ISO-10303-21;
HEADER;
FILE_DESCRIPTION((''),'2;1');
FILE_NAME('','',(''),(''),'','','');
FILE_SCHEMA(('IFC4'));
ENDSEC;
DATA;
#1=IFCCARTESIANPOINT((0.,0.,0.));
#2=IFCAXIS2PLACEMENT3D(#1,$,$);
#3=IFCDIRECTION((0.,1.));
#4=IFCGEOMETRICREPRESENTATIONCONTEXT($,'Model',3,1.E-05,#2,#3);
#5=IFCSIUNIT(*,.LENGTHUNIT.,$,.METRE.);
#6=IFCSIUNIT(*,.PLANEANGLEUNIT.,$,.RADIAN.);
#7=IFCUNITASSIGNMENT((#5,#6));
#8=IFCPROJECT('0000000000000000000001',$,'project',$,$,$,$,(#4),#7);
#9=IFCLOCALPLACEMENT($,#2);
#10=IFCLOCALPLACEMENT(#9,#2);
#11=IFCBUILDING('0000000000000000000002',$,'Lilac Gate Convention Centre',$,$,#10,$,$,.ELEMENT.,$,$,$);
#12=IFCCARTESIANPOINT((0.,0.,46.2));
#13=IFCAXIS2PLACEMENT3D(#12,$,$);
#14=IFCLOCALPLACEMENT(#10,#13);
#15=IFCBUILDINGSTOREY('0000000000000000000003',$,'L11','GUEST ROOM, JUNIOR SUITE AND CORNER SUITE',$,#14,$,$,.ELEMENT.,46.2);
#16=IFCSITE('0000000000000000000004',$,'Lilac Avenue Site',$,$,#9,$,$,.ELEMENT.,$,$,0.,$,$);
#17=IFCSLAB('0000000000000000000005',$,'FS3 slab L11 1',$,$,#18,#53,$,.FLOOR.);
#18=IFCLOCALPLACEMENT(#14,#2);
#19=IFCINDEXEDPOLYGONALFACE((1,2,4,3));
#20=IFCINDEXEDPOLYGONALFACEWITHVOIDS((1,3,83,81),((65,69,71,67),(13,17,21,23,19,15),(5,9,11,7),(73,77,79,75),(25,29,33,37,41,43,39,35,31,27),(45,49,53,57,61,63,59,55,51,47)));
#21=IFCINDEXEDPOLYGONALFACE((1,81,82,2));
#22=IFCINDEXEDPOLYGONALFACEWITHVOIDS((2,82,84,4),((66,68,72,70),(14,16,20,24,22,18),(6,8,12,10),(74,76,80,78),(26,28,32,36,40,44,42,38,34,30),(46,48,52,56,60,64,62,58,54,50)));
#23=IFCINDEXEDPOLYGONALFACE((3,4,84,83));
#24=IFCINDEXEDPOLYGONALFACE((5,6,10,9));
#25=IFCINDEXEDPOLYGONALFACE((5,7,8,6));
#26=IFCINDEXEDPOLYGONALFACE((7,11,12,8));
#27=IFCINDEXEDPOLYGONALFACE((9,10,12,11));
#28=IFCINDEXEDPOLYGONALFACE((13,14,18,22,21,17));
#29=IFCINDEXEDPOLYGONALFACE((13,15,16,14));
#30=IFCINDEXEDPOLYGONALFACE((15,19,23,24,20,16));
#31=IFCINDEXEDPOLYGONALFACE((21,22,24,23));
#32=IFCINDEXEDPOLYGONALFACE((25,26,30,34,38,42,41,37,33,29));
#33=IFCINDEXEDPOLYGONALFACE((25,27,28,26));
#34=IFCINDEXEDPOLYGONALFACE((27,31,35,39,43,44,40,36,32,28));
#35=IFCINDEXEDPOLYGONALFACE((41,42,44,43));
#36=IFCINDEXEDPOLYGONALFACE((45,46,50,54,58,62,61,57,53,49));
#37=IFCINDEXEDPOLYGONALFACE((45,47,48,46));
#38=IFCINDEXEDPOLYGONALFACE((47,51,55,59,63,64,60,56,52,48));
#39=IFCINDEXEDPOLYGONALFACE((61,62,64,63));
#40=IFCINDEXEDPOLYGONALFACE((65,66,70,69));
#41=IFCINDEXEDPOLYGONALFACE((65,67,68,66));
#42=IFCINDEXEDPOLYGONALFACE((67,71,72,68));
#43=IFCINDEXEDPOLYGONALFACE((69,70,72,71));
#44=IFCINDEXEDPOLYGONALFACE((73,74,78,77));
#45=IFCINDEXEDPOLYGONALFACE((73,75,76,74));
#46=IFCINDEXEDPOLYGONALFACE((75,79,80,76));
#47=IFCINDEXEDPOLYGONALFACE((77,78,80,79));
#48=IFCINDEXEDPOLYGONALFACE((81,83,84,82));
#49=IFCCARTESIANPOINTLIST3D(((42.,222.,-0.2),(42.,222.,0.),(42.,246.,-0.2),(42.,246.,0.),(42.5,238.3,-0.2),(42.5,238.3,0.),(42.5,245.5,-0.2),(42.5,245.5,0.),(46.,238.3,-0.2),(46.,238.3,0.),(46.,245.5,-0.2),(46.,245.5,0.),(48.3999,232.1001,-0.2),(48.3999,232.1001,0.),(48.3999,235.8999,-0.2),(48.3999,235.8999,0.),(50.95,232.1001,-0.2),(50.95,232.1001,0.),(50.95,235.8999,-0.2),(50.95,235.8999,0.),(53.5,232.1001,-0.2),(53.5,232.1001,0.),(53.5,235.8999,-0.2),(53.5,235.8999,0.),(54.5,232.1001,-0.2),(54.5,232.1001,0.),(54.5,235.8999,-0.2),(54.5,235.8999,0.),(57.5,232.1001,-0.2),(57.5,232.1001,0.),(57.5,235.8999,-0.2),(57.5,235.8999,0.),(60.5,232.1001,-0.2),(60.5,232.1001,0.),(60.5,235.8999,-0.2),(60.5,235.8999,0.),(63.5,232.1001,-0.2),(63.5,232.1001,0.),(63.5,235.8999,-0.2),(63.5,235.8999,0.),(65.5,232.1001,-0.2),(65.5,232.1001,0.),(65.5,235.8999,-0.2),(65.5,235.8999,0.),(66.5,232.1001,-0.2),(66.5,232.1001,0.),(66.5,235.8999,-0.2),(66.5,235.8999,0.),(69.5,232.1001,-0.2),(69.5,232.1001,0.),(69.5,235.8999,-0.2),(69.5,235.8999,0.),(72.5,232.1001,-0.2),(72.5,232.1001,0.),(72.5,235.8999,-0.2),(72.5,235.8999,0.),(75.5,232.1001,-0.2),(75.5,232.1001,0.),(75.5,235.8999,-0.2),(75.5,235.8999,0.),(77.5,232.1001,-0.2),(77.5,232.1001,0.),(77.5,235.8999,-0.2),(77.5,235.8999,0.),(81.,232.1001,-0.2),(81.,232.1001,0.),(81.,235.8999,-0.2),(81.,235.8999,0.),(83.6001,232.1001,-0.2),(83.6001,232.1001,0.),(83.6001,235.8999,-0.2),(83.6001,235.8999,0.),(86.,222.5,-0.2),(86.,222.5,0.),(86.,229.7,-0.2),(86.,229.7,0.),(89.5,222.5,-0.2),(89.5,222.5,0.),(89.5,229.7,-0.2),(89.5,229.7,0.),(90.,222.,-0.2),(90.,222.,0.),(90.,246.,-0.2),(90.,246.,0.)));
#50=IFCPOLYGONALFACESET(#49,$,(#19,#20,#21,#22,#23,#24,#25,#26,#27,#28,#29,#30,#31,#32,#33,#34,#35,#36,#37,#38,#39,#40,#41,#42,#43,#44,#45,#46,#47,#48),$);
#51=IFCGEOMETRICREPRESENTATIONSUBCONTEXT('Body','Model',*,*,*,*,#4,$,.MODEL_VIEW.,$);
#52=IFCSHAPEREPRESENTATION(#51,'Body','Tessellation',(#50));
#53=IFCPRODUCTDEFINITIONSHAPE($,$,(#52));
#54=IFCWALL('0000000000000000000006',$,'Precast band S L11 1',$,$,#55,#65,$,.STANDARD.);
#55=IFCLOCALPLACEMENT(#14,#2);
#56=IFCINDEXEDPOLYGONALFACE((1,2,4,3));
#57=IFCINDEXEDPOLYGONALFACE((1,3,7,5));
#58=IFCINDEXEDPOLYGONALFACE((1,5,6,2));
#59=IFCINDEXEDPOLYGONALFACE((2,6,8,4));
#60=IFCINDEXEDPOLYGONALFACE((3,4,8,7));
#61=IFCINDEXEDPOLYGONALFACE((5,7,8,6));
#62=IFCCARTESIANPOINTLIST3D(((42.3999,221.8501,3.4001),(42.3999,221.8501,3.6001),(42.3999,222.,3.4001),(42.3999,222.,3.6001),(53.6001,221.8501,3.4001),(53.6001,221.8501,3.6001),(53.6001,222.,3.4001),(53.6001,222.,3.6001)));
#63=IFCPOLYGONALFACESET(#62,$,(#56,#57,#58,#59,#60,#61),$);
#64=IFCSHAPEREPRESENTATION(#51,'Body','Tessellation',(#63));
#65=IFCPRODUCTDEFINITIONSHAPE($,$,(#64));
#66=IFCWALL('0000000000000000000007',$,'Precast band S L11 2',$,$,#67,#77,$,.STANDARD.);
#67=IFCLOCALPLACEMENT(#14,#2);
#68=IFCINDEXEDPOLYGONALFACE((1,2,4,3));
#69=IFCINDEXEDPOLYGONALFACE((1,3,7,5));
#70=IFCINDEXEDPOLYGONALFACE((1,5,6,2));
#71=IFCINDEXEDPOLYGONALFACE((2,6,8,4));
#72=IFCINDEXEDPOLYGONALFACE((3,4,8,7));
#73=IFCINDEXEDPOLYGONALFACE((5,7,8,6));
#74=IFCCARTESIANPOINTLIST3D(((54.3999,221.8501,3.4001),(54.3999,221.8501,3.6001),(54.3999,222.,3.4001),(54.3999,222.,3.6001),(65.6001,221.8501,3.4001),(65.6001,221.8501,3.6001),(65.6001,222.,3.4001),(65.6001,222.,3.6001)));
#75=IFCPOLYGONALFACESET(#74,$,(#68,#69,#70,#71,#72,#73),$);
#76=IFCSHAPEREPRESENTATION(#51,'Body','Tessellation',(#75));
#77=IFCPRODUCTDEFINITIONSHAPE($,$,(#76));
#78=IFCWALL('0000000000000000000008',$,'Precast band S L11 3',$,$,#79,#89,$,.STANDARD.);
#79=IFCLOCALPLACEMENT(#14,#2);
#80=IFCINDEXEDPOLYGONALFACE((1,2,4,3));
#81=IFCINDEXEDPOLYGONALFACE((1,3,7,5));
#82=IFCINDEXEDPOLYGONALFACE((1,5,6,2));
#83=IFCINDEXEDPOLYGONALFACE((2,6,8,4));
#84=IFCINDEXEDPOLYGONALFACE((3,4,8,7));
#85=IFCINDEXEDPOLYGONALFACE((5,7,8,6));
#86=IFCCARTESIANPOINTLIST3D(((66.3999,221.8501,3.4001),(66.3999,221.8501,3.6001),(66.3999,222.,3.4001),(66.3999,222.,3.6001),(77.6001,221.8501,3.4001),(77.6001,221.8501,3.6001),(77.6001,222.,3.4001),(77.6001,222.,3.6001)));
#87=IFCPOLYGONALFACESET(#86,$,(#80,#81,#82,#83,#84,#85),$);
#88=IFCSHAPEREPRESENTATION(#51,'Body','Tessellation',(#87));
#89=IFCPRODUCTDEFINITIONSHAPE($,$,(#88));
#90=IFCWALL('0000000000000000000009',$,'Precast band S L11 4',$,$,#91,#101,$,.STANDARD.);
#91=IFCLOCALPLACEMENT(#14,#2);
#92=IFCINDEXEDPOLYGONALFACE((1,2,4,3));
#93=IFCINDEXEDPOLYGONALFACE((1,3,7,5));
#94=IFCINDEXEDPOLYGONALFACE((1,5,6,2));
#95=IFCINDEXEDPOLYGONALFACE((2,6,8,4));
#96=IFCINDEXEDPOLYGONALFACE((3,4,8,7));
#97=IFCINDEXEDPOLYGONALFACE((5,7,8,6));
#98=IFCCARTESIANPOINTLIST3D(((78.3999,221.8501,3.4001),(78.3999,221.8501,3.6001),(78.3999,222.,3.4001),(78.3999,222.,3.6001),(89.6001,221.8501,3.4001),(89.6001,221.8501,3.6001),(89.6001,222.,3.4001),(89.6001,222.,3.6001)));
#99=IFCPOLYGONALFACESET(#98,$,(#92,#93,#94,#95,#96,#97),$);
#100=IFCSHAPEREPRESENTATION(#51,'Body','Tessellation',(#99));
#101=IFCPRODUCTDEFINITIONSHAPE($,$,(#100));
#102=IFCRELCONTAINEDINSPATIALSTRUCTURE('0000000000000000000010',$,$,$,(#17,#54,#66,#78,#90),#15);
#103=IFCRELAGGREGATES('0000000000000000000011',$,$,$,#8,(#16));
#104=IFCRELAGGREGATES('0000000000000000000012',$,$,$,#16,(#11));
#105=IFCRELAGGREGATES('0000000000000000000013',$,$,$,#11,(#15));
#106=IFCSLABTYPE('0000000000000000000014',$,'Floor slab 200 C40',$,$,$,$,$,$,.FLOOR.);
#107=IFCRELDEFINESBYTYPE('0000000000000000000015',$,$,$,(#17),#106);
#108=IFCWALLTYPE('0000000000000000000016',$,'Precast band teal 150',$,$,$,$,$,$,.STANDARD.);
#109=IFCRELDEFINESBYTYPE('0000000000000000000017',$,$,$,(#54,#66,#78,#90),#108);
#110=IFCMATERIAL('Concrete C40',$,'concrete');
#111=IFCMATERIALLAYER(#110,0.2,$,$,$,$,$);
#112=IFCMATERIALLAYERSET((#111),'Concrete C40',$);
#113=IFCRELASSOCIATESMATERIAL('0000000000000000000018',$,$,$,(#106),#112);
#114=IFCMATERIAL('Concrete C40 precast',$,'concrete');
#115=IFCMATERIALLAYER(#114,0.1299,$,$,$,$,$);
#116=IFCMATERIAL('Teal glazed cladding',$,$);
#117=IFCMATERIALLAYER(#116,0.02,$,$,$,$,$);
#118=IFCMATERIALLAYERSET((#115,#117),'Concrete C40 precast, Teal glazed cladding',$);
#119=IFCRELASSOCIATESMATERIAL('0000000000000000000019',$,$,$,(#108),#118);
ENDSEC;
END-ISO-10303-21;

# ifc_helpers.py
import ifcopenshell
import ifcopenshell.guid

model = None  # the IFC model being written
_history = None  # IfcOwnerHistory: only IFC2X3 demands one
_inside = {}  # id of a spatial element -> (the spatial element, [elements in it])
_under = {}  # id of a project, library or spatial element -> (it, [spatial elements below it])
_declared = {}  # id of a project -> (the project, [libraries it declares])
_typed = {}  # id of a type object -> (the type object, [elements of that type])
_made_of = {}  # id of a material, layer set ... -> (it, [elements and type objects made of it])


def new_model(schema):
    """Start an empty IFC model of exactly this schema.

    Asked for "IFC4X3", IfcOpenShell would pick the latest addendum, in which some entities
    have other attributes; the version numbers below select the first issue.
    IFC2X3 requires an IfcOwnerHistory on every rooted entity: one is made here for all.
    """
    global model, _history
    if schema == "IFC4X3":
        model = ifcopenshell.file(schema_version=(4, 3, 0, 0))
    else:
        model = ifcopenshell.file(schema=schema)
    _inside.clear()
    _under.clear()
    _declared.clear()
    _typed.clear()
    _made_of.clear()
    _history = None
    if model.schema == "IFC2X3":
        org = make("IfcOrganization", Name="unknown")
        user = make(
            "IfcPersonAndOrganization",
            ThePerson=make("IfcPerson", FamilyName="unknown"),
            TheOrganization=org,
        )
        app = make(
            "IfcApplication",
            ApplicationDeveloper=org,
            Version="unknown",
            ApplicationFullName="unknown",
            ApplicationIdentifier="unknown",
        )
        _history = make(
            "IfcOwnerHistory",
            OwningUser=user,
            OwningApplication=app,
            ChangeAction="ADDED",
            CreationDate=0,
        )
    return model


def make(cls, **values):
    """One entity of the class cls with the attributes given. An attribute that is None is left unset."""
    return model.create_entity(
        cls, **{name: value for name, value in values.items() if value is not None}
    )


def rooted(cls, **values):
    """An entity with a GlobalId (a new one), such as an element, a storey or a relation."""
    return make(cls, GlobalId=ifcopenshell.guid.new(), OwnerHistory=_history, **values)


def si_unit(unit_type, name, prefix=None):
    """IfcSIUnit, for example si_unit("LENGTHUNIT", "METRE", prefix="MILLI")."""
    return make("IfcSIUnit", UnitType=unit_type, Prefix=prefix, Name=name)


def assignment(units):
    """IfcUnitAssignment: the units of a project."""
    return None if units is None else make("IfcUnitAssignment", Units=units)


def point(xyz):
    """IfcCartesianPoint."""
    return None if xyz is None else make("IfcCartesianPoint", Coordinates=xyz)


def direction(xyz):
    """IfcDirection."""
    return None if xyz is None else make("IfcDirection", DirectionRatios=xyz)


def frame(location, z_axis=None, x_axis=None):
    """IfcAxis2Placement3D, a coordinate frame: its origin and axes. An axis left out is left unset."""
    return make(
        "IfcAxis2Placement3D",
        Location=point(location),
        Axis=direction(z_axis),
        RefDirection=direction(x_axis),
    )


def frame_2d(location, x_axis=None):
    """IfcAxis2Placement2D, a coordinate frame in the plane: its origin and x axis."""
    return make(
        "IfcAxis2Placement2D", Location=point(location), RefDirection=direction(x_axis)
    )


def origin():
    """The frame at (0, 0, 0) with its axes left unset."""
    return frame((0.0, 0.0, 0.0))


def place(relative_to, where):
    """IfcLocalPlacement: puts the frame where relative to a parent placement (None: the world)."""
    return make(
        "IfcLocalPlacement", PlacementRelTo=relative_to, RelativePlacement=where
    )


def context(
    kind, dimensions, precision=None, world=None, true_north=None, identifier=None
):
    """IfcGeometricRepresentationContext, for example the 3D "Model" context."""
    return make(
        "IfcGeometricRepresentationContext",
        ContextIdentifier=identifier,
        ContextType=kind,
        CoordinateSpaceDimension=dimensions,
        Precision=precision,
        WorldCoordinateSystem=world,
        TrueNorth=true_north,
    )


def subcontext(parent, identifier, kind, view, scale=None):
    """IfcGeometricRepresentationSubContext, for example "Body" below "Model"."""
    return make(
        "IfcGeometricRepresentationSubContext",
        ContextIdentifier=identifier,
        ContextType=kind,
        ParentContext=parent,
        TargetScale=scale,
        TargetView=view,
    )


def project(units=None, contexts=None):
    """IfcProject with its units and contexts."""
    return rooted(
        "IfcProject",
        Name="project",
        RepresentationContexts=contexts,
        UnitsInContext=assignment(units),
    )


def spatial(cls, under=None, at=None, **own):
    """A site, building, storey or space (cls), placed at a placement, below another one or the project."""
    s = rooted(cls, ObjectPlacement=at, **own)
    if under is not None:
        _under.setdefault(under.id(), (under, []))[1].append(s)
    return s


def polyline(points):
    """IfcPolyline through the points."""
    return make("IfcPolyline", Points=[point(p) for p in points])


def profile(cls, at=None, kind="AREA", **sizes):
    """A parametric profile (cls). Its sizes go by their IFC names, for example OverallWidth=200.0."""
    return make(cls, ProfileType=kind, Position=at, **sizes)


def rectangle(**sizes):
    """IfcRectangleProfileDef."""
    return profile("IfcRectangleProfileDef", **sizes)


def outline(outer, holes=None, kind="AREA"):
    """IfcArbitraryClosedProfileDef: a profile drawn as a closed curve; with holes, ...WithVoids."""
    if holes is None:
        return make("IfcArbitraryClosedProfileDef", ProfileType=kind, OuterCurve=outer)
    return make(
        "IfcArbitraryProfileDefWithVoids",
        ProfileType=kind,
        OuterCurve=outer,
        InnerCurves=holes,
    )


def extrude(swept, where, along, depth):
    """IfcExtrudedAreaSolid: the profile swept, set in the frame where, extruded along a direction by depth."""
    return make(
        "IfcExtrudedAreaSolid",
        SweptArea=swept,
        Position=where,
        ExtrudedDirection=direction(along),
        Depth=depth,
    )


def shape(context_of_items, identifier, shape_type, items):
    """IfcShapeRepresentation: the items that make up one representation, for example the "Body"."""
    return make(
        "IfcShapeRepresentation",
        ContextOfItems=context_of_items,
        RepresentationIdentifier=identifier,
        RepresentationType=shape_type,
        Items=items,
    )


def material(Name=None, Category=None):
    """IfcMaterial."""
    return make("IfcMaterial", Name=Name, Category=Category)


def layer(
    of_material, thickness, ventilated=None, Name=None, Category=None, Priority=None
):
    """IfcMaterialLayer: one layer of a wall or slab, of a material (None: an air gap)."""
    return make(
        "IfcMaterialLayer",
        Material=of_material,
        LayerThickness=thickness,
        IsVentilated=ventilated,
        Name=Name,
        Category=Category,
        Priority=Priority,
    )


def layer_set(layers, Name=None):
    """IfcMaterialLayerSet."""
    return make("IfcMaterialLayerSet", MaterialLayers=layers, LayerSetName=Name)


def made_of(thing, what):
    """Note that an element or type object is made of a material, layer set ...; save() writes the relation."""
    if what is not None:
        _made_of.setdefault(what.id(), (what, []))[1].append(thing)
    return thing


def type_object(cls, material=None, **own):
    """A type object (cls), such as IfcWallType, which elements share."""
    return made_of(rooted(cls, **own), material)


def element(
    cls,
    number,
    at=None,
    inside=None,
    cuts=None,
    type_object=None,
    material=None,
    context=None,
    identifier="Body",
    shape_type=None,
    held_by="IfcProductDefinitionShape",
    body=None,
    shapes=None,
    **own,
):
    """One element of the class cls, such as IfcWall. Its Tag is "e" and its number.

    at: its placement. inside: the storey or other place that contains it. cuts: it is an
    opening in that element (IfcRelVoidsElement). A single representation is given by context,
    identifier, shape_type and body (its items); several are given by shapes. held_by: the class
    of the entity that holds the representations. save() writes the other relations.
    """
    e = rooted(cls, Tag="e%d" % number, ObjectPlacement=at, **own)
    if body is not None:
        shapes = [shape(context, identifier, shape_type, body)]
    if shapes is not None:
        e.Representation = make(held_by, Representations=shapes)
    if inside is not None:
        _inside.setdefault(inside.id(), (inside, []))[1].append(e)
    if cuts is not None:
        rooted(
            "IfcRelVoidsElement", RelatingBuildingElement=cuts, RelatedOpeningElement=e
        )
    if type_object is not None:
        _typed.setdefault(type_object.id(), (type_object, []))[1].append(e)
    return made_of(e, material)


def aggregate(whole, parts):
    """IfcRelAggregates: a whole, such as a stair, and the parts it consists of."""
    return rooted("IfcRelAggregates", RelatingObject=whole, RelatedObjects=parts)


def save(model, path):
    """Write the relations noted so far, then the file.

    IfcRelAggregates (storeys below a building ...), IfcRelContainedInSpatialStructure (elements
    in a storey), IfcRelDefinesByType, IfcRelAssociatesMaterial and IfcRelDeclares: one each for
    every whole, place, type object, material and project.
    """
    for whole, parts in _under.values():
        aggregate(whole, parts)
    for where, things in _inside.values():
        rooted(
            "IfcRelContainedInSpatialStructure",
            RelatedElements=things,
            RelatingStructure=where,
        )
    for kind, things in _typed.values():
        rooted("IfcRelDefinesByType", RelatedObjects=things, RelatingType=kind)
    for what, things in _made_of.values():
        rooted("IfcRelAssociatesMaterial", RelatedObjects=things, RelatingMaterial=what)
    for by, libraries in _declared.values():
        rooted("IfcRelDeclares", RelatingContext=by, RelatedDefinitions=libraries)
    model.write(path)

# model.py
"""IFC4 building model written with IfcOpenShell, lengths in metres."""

from ifc_helpers import new_model, si_unit, direction, frame, frame_2d, origin, place, context, subcontext, project, spatial, polyline, rectangle, outline, extrude, material, layer, layer_set, type_object, element, save


model = new_model("IFC4")

# Units and contexts
model_context = context("Model", 3, precision=1e-05, world=origin(), true_north=direction((0.0, 1.0)))
body_context = subcontext(model_context, "Body", "Model", "MODEL_VIEW")
ifc_project = project(units=[si_unit("LENGTHUNIT", "METRE"), si_unit("PLANEANGLEUNIT", "RADIAN")], contexts=[model_context])

# Site, building, storey
site_placement = place(None, origin())
site = spatial("IfcSite", under=ifc_project, at=site_placement, Name="Lilac Avenue Site", CompositionType="ELEMENT", RefElevation=0.0)
building_placement = place(site_placement, origin())
building = spatial("IfcBuilding", under=site, at=building_placement, Name="Lilac Gate Convention Centre", CompositionType="ELEMENT")
storey_placement = place(building_placement, frame((0.0, 0.0, 46.2)))
storey = spatial("IfcBuildingStorey", under=building, at=storey_placement, Name="L11", Description="GUEST ROOM, JUNIOR SUITE AND CORNER SUITE", CompositionType="ELEMENT", Elevation=46.2)

# Shared definitions
ifc_material_1 = material(Name="Concrete C40", Category="concrete")

# Slab
ifc_layer_1 = layer(ifc_material_1, 0.2)
ifc_layer_set_1 = layer_set([ifc_layer_1], Name="Concrete C40")
slab_type_1 = type_object("IfcSlabType", Name="Floor slab 200 C40", PredefinedType="FLOOR", material=ifc_layer_set_1)
slab_1_placement = place(storey_placement, frame((0.0, 0.0, -0.2)))
element("IfcSlab", 1, at=slab_1_placement, inside=storey, type_object=slab_type_1, Name="FS3 slab L11 1", PredefinedType="FLOOR", context=body_context, shape_type="SweptSolid", body=[
    extrude(outline(polyline([(42.0, 222.0), (42.0, 246.0), (90.0, 246.0), (90.0, 222.0), (42.0, 222.0)]), holes=[polyline([(48.3999, 235.8999), (48.3999, 232.1001), (50.95, 232.1001), (53.5, 232.1001), (53.5, 235.8999), (50.95, 235.8999), (48.3999, 235.8999)]), polyline([(57.5, 235.8999), (54.5, 235.8999), (54.5, 232.1001), (57.5, 232.1001), (60.5, 232.1001), (63.5, 232.1001), (65.5, 232.1001), (65.5, 235.8999), (63.5, 235.8999), (60.5, 235.8999), (57.5, 235.8999)]), polyline([(42.5, 245.5), (42.5, 238.3), (46.0, 238.3), (46.0, 245.5), (42.5, 245.5)]), polyline([(89.5, 229.7), (86.0, 229.7), (86.0, 222.5), (89.5, 222.5), (89.5, 229.7)]), polyline([(69.5, 235.8999), (66.5, 235.8999), (66.5, 232.1001), (69.5, 232.1001), (72.5, 232.1001), (75.5, 232.1001), (77.5, 232.1001), (77.5, 235.8999), (75.5, 235.8999), (72.5, 235.8999), (69.5, 235.8999)]), polyline([(83.6001, 235.8999), (81.0, 235.8999), (81.0, 232.1001), (83.6001, 232.1001), (83.6001, 235.8999)])]), origin(), (0.0, 0.0, 1.0), 0.2),
])

# Walls
ifc_material_2 = material(Name="Concrete C40 precast", Category="concrete")
ifc_layer_2 = layer(ifc_material_2, 0.1299)
ifc_material_3 = material(Name="Teal glazed cladding")
ifc_layer_3 = layer(ifc_material_3, 0.02)
ifc_layer_set_2 = layer_set([ifc_layer_2, ifc_layer_3], Name="Concrete C40 precast, Teal glazed cladding")
wall_type = type_object("IfcWallType", Name="Precast band teal 150", PredefinedType="STANDARD", material=ifc_layer_set_2)
for number, where, z_axis, x_axis, name in (
    (2, (42.3999, 221.925, 3.4001), (0.0, 0.0, 1.0), (1.0, 0.0, 0.0), "Precast band S L11 1"),
    (3, (54.3999, 221.925, 3.4001), (0.0, 0.0, 1.0), (1.0, 0.0, 0.0), "Precast band S L11 2"),
    (4, (66.3999, 221.925, 3.4001), (0.0, 0.0, 1.0), (1.0, 0.0, 0.0), "Precast band S L11 3"),
    (5, (78.3999, 221.925, 3.4001), (0.0, 0.0, 1.0), (1.0, 0.0, 0.0), "Precast band S L11 4"),
):
    element("IfcWall", number, at=place(storey_placement, frame(where, z_axis=z_axis, x_axis=x_axis)), inside=storey, type_object=wall_type, Name=name, PredefinedType="STANDARD", context=body_context, shape_type="SweptSolid", body=[
        extrude(rectangle(XDim=11.2002, YDim=0.1499, at=frame_2d((5.6001, 0.0))), origin(), (0.0, 0.0, 1.0), 0.2),
    ])

save(model, "model.ifc")
